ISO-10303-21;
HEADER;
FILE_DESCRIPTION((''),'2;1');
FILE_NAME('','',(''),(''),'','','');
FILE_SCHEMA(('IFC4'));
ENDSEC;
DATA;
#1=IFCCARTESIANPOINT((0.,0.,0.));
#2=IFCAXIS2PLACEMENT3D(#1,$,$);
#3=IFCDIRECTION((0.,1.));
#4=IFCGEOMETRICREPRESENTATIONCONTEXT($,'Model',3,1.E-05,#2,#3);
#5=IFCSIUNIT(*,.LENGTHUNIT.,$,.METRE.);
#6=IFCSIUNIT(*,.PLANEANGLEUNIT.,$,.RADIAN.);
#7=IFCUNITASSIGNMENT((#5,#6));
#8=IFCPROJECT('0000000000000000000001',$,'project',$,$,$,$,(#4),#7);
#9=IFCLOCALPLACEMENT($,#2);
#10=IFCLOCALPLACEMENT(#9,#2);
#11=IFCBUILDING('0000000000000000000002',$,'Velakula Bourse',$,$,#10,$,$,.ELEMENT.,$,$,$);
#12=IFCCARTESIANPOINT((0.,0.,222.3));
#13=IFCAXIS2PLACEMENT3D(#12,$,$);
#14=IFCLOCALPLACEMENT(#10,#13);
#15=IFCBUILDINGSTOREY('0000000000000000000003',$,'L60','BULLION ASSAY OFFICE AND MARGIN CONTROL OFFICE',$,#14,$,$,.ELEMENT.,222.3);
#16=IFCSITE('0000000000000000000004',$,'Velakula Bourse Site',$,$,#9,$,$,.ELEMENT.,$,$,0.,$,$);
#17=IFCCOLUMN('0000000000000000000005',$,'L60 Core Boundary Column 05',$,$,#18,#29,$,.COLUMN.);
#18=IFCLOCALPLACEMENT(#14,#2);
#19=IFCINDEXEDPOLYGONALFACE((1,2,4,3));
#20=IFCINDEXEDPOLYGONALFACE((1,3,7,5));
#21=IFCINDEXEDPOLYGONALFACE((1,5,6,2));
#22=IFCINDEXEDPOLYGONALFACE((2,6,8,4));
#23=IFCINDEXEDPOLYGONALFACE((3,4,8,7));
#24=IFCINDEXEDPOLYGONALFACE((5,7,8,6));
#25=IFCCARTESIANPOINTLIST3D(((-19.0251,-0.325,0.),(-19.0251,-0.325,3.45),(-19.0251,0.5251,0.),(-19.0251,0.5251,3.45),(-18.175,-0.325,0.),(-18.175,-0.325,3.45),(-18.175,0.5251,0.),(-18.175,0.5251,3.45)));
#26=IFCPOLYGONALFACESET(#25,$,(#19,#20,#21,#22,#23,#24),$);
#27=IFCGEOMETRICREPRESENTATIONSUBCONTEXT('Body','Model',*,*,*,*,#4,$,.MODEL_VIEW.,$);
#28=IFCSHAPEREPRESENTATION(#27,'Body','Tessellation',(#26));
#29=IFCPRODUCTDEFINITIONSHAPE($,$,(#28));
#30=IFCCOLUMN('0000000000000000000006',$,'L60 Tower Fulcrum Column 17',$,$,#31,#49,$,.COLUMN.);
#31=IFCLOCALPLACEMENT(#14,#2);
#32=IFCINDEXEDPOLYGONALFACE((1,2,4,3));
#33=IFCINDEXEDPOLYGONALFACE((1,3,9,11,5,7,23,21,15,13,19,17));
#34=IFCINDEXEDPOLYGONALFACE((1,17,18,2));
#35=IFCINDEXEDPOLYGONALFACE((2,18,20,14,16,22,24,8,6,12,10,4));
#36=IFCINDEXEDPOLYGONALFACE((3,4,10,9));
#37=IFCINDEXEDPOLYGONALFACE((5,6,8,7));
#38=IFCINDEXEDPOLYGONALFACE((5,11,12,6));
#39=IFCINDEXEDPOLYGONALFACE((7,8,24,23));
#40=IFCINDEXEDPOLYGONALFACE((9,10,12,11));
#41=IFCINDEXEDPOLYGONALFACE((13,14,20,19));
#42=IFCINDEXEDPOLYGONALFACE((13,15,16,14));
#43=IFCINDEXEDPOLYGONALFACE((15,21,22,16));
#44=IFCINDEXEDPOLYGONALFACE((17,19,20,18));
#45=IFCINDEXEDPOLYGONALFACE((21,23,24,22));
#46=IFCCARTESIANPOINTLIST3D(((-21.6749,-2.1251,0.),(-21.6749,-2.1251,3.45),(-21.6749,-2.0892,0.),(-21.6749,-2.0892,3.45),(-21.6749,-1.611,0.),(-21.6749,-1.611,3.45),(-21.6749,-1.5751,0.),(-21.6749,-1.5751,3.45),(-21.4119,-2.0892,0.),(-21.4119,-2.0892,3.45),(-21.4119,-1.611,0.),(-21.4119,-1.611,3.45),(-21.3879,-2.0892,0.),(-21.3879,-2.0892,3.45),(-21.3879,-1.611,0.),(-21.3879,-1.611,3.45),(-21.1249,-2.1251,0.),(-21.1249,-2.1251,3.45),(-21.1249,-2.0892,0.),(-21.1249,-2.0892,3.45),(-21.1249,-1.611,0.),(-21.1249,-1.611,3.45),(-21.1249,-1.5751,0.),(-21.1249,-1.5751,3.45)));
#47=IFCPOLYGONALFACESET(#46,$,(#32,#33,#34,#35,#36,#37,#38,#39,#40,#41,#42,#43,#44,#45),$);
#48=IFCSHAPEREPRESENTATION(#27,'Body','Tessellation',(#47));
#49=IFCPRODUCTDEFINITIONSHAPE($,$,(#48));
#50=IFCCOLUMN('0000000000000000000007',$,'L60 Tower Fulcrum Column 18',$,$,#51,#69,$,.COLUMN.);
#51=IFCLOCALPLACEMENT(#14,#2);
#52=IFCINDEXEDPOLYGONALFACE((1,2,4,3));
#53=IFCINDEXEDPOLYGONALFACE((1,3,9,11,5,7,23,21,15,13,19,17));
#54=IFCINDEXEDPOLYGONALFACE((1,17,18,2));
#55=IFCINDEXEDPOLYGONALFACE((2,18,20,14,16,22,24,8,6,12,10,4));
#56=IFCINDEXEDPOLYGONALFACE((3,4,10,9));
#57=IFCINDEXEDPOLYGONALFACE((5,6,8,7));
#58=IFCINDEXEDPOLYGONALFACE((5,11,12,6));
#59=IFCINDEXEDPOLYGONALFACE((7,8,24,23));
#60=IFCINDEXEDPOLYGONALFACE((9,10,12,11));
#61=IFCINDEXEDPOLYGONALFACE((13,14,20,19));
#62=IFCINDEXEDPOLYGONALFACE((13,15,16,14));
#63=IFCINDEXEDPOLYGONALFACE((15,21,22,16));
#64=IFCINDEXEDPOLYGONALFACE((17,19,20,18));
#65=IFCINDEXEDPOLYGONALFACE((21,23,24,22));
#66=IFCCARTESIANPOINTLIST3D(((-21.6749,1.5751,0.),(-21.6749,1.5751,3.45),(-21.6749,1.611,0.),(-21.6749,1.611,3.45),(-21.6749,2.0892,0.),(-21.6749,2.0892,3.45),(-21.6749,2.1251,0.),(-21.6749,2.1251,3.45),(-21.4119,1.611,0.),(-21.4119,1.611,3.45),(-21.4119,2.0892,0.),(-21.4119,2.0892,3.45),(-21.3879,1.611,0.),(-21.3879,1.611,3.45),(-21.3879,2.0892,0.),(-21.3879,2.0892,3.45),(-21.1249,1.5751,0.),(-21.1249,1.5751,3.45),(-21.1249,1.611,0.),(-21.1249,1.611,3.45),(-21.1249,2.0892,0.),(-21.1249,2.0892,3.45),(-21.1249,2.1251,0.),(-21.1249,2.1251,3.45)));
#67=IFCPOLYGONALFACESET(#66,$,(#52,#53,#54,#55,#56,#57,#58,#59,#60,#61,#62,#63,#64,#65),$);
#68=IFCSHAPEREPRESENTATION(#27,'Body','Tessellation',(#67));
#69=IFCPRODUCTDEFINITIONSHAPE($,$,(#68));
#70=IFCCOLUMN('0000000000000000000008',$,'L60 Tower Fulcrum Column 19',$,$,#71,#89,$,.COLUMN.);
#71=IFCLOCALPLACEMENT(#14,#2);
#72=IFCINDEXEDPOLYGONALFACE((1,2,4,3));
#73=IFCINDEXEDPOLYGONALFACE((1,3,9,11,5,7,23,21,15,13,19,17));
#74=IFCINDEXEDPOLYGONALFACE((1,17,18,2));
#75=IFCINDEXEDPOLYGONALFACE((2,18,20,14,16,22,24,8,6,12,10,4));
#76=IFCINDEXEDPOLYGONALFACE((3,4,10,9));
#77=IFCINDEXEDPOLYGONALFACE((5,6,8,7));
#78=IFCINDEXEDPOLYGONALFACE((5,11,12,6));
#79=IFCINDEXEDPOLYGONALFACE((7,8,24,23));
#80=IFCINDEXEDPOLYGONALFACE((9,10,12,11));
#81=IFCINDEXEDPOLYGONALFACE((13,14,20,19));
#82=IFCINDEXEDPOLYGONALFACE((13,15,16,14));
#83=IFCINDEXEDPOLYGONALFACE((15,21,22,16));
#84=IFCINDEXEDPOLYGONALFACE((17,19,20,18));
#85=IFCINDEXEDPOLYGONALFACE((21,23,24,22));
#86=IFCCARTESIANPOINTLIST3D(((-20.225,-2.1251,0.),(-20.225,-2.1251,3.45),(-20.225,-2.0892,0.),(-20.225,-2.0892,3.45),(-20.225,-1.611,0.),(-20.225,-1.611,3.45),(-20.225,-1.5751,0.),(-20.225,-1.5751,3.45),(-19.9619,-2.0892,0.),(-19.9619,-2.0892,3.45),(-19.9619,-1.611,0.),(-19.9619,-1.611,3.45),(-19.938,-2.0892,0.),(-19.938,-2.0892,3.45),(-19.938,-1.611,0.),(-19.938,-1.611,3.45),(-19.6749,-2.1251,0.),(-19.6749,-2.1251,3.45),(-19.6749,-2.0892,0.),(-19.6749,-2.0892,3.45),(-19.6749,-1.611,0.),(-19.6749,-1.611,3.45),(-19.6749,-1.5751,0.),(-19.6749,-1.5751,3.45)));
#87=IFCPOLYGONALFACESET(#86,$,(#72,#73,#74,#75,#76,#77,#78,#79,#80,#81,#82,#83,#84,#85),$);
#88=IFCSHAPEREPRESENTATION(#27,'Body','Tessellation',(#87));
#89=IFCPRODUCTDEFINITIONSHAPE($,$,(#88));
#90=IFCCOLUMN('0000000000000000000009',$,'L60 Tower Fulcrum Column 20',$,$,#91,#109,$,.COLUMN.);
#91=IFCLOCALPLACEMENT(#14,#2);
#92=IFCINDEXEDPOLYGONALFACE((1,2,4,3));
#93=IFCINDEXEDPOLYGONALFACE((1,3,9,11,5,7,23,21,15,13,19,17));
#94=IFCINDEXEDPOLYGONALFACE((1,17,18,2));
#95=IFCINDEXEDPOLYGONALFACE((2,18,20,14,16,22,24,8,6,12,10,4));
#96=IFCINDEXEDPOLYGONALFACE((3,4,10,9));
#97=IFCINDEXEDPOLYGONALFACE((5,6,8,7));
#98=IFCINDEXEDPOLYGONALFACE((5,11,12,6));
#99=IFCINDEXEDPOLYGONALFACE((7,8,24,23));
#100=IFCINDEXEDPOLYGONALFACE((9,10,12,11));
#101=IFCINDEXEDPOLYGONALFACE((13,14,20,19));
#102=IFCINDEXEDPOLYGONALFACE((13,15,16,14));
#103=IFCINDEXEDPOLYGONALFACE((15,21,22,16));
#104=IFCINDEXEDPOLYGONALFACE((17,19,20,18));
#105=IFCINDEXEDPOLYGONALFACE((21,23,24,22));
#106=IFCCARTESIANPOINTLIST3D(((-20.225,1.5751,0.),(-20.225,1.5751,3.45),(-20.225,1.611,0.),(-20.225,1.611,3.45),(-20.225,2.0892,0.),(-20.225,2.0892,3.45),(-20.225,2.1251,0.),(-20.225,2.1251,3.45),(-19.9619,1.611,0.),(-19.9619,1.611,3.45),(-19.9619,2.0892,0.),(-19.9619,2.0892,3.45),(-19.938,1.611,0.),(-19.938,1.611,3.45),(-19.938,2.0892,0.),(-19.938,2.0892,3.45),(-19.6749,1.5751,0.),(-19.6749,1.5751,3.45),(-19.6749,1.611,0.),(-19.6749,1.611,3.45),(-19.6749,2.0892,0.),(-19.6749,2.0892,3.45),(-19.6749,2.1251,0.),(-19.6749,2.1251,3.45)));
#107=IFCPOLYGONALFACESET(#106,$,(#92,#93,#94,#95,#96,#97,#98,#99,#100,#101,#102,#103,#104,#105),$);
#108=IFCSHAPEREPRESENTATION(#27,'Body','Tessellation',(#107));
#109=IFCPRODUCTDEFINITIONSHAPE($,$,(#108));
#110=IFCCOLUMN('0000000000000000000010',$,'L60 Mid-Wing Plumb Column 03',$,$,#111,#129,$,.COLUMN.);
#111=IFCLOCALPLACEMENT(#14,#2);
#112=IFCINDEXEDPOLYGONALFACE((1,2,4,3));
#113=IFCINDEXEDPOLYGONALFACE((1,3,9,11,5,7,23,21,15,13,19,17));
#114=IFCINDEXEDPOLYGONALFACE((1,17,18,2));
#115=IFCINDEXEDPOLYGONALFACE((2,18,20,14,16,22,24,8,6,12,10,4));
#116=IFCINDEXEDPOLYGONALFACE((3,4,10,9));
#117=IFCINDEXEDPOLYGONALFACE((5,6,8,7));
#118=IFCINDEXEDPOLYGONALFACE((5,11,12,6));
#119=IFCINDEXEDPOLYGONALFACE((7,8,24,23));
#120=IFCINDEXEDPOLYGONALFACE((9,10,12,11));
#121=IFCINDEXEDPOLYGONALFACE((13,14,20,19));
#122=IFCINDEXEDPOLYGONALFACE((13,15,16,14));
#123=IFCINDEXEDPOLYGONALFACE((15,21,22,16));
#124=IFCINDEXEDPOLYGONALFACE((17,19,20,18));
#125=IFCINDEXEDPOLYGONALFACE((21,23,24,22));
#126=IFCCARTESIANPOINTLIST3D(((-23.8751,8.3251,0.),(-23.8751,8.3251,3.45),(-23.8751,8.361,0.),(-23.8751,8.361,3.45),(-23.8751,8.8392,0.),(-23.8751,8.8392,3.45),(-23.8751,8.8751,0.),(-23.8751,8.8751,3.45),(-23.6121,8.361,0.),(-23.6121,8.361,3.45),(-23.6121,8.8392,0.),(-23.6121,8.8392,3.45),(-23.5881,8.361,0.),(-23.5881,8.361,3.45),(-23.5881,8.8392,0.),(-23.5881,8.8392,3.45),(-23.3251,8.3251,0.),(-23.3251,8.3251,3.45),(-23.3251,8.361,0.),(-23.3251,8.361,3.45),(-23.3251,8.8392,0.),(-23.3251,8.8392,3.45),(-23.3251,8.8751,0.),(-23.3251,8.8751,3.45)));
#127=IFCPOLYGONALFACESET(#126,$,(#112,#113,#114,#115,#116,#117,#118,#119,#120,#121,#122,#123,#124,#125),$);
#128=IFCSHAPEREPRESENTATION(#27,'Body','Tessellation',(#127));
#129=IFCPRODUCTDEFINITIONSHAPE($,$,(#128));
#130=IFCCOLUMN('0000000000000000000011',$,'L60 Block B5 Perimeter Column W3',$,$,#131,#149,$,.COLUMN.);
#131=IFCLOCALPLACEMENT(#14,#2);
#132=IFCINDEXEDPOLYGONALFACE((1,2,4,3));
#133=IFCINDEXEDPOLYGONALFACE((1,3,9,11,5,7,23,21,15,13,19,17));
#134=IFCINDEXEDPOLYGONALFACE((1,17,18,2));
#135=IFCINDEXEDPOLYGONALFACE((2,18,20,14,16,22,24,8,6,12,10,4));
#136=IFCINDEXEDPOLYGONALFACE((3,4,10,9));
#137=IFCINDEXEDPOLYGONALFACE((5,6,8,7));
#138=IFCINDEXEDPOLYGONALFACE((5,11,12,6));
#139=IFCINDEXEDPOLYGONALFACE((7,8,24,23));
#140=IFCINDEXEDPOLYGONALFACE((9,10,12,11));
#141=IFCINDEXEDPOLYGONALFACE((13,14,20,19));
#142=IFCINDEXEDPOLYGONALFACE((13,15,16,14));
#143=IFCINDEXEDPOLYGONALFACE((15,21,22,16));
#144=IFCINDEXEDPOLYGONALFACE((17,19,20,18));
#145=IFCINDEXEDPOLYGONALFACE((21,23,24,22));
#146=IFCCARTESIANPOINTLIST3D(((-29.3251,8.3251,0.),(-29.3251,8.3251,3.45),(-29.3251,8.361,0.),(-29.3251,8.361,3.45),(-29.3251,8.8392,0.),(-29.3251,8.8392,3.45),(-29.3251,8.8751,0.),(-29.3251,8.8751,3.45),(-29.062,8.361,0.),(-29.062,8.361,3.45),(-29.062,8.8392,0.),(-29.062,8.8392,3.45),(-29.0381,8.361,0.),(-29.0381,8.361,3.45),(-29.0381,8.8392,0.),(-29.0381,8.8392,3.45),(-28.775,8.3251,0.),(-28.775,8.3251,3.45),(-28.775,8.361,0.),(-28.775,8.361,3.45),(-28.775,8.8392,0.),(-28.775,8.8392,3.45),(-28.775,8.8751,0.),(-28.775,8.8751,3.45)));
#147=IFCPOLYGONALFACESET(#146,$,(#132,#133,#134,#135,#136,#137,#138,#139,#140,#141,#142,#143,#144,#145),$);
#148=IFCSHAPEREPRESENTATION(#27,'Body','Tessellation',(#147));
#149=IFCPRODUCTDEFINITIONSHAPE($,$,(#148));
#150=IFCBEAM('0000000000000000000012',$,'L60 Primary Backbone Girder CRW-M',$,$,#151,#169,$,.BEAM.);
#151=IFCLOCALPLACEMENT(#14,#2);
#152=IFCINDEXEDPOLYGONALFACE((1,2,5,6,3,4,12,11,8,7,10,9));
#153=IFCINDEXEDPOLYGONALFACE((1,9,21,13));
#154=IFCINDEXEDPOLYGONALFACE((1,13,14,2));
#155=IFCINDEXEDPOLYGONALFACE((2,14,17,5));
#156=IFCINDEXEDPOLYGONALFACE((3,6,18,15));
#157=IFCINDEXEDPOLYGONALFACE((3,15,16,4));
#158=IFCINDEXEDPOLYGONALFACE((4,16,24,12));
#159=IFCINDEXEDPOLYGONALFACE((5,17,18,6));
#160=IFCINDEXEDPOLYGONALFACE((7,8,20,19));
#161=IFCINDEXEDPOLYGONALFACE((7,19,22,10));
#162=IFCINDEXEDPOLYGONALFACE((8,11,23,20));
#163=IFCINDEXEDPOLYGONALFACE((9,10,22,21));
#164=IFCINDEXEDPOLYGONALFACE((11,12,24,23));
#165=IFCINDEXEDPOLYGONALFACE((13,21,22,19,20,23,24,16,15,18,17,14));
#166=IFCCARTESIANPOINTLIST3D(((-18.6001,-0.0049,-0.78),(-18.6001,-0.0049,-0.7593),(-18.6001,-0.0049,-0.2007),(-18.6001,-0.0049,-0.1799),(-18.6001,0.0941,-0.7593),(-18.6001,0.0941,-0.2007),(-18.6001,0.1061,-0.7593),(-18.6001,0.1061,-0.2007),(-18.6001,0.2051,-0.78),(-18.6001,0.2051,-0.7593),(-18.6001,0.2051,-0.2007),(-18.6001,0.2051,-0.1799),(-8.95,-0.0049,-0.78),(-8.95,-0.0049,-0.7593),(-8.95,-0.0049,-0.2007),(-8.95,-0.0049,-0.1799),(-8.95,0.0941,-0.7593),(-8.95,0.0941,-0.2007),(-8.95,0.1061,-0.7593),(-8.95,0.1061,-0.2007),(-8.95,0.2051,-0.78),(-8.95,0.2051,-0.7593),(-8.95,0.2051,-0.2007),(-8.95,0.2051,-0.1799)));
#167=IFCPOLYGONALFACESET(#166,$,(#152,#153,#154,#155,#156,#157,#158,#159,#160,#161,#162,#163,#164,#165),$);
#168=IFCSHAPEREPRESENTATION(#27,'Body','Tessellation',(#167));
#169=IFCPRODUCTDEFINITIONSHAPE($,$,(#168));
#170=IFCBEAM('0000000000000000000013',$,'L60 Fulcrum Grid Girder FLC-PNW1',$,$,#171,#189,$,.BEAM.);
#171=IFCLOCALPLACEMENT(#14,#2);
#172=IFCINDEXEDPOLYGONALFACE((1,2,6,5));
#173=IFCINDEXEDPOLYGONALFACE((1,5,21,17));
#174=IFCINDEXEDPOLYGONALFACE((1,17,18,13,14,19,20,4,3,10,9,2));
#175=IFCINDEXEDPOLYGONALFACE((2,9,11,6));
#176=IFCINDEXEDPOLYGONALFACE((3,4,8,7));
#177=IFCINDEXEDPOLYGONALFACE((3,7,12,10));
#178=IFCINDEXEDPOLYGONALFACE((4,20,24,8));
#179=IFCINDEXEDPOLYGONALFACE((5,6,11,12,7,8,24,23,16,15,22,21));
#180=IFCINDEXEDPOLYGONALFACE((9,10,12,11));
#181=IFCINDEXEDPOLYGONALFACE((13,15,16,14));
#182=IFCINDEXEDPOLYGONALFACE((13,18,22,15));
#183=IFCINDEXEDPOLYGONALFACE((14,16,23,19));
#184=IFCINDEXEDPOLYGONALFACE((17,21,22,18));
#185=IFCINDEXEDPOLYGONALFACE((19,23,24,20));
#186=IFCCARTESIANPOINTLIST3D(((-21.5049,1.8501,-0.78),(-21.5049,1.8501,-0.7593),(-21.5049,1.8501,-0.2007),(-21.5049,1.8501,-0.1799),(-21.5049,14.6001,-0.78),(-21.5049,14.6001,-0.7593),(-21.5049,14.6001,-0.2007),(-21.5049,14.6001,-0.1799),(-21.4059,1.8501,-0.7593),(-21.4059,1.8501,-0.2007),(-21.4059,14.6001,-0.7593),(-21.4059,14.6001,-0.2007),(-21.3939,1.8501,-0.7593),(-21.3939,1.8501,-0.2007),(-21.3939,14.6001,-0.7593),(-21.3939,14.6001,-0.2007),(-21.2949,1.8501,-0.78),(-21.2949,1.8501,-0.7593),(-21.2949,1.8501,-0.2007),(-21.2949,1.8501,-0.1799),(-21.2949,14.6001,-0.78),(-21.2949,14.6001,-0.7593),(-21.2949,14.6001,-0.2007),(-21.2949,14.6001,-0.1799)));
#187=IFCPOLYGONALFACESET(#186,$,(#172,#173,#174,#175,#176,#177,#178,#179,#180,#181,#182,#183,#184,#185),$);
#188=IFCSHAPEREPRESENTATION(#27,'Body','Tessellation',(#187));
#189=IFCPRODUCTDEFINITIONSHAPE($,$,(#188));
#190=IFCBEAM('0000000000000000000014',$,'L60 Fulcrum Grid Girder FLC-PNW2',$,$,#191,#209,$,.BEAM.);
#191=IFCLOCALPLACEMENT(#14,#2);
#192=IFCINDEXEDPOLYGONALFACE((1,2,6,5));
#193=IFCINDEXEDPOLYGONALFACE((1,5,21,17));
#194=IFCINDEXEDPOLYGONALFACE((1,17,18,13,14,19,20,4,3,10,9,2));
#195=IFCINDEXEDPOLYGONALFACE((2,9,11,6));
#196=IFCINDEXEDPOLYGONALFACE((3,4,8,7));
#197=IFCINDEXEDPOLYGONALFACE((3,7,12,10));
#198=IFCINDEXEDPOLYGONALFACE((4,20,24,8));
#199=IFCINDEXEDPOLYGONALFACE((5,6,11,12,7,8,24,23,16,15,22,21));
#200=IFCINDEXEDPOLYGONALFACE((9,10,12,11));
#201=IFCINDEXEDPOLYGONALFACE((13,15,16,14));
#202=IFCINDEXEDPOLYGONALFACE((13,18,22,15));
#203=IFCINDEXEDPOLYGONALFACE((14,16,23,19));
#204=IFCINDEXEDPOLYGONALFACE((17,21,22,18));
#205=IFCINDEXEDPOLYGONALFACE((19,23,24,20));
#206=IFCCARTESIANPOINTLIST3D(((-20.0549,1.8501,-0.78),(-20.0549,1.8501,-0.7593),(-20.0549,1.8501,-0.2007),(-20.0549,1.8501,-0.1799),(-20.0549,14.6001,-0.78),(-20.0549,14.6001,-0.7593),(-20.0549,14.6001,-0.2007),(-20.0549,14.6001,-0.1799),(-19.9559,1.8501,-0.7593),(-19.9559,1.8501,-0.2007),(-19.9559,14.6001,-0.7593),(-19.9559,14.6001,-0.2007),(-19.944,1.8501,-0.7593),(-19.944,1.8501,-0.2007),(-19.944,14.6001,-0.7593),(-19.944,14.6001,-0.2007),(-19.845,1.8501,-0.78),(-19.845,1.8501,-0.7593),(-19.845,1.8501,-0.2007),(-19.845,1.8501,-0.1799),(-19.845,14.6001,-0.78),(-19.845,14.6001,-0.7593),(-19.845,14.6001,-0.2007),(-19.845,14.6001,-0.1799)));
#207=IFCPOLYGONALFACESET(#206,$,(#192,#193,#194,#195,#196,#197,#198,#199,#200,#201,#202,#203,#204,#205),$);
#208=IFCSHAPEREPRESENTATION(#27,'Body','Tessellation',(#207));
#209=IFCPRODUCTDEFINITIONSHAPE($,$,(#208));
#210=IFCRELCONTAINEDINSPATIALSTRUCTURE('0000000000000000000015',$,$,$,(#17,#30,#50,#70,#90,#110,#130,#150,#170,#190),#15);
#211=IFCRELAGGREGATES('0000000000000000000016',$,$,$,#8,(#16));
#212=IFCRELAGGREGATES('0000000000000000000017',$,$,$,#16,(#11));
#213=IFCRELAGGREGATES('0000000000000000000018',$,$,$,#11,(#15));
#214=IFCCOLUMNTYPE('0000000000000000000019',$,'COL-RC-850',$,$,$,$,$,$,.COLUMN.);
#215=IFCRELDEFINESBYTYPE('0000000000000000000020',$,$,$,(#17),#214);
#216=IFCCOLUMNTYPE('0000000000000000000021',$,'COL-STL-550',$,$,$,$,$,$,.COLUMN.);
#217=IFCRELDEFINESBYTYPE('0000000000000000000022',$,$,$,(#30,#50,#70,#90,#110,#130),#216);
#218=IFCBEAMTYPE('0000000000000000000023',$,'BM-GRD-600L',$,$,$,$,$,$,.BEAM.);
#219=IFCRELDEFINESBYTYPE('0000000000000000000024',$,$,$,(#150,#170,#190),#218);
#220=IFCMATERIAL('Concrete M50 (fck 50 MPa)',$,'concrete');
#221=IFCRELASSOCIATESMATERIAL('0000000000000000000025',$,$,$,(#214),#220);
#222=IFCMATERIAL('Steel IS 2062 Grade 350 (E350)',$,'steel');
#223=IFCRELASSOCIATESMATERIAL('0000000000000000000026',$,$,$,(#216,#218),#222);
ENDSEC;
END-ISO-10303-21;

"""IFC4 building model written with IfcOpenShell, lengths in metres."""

from ifc_helpers import new_model, si_unit, direction, frame, origin, origin_2d, place, context, subcontext, project, spatial, rectangle, i_section, extrude, material, material_profile, profile_set, type_object, element, save


model = new_model("IFC4")

# Units and contexts
model_context = context("Model", 3, precision=1e-05, world=origin(), true_north=direction((0.0, 1.0)))
body_context = subcontext(model_context, "Body", "Model", "MODEL_VIEW")
ifc_project = project(units=[si_unit("LENGTHUNIT", "METRE"), si_unit("PLANEANGLEUNIT", "RADIAN")], contexts=[model_context])

# Site, building, storey
site_placement = place(None, origin())
site = spatial("IfcSite", under=ifc_project, at=site_placement, Name="Velakula Bourse Site", CompositionType="ELEMENT", RefElevation=0.0)
building_placement = place(site_placement, origin())
building = spatial("IfcBuilding", under=site, at=building_placement, Name="Velakula Bourse", CompositionType="ELEMENT")
storey_placement = place(building_placement, frame((0.0, 0.0, 222.3)))
storey = spatial("IfcBuildingStorey", under=building, at=storey_placement, Name="L60", Description="BULLION ASSAY OFFICE AND MARGIN CONTROL OFFICE", CompositionType="ELEMENT", Elevation=222.3)

# Columns
ifc_material_1 = material(Name="Concrete M50 (fck 50 MPa)", Category="concrete")
ifc_material_profile_1 = material_profile(ifc_material_1, rectangle(XDim=0.8501, YDim=0.8501, at=origin_2d()), Name="Concrete M50 (fck 50 MPa)")
ifc_profile_set_1 = profile_set([ifc_material_profile_1], Name="Concrete M50 (fck 50 MPa)")
column_type_1 = type_object("IfcColumnType", Name="COL-RC-850", PredefinedType="COLUMN", material=ifc_profile_set_1)
column_placement = place(storey_placement, frame((-18.6001, 0.1001, 0.0), z_axis=(0.0, 0.0, 1.0), x_axis=(1.0, 0.0, 0.0)))
element("IfcColumn", 1, at=column_placement, inside=storey, type_object=column_type_1, Name="L60 Core Boundary Column 05", PredefinedType="COLUMN", context=body_context, shape_type="SweptSolid", body=[
    extrude(rectangle(XDim=0.8501, YDim=0.8501, at=origin_2d()), origin(), (0.0, 0.0, 1.0), 3.45),
])
ifc_material_2 = material(Name="Steel IS 2062 Grade 350 (E350)", Category="steel")
ifc_material_profile_2 = material_profile(ifc_material_2, i_section(OverallWidth=0.55, OverallDepth=0.55, WebThickness=0.0239, FlangeThickness=0.0359, at=origin_2d()), Name="Steel IS 2062 Grade 350 (E350)")
ifc_profile_set_2 = profile_set([ifc_material_profile_2], Name="Steel IS 2062 Grade 350 (E350)")
column_type_2 = type_object("IfcColumnType", Name="COL-STL-550", PredefinedType="COLUMN", material=ifc_profile_set_2)
for number, where, z_axis, x_axis, name in (
    (2, (-21.3999, -1.8501, 0.0), (0.0, 0.0, 1.0), (1.0, 0.0, 0.0), "L60 Tower Fulcrum Column 17"),
    (3, (-21.3999, 1.8501, 0.0), (0.0, 0.0, 1.0), (1.0, 0.0, 0.0), "L60 Tower Fulcrum Column 18"),
    (4, (-19.95, -1.8501, 0.0), (0.0, 0.0, 1.0), (1.0, 0.0, 0.0), "L60 Tower Fulcrum Column 19"),
    (5, (-19.95, 1.8501, 0.0), (0.0, 0.0, 1.0), (1.0, 0.0, 0.0), "L60 Tower Fulcrum Column 20"),
    (6, (-23.6001, 8.6001, 0.0), (0.0, 0.0, 1.0), (1.0, 0.0, 0.0), "L60 Mid-Wing Plumb Column 03"),
    (7, (-29.05, 8.6001, 0.0), (0.0, 0.0, 1.0), (1.0, 0.0, 0.0), "L60 Block B5 Perimeter Column W3"),
):
    element("IfcColumn", number, at=place(storey_placement, frame(where, z_axis=z_axis, x_axis=x_axis)), inside=storey, type_object=column_type_2, Name=name, PredefinedType="COLUMN", context=body_context, shape_type="SweptSolid", body=[
        extrude(i_section(OverallWidth=0.55, OverallDepth=0.55, WebThickness=0.0239, FlangeThickness=0.0359, at=origin_2d()), origin(), (0.0, 0.0, 1.0), 3.45),
    ])

# Beams
ifc_material_profile_3 = material_profile(ifc_material_2, i_section(OverallWidth=0.21, OverallDepth=0.6001, WebThickness=0.012, FlangeThickness=0.0208, at=origin_2d()), Name="Steel IS 2062 Grade 350 (E350)")
ifc_profile_set_3 = profile_set([ifc_material_profile_3], Name="Steel IS 2062 Grade 350 (E350)")
beam_type_1 = type_object("IfcBeamType", Name="BM-GRD-600L", PredefinedType="BEAM", material=ifc_profile_set_3)
beam_1_placement = place(storey_placement, frame((-18.6001, 0.1001, -0.48), z_axis=(1.0, 0.0, 0.0), x_axis=(0.0, 1.0, 0.0)))
element("IfcBeam", 8, at=beam_1_placement, inside=storey, type_object=beam_type_1, Name="L60 Primary Backbone Girder CRW-M", PredefinedType="BEAM", context=body_context, shape_type="SweptSolid", body=[
    extrude(i_section(OverallWidth=0.21, OverallDepth=0.6001, WebThickness=0.012, FlangeThickness=0.0208, at=origin_2d()), origin(), (0.0, 0.0, 1.0), 9.6501),
])
for number, where, z_axis, x_axis, name in (
    (9, (-21.3999, 1.8501, -0.48), (0.0, 1.0, 0.0), (-1.0, 0.0, 0.0), "L60 Fulcrum Grid Girder FLC-PNW1"),
    (10, (-19.95, 1.8501, -0.48), (0.0, 1.0, 0.0), (-1.0, 0.0, 0.0), "L60 Fulcrum Grid Girder FLC-PNW2"),
):
    element("IfcBeam", number, at=place(storey_placement, frame(where, z_axis=z_axis, x_axis=x_axis)), inside=storey, type_object=beam_type_1, Name=name, PredefinedType="BEAM", context=body_context, shape_type="SweptSolid", body=[
        extrude(i_section(OverallWidth=0.21, OverallDepth=0.6001, WebThickness=0.012, FlangeThickness=0.0208, at=origin_2d()), origin(), (0.0, 0.0, 1.0), 12.75),
    ])

save(model, "model.ifc")
